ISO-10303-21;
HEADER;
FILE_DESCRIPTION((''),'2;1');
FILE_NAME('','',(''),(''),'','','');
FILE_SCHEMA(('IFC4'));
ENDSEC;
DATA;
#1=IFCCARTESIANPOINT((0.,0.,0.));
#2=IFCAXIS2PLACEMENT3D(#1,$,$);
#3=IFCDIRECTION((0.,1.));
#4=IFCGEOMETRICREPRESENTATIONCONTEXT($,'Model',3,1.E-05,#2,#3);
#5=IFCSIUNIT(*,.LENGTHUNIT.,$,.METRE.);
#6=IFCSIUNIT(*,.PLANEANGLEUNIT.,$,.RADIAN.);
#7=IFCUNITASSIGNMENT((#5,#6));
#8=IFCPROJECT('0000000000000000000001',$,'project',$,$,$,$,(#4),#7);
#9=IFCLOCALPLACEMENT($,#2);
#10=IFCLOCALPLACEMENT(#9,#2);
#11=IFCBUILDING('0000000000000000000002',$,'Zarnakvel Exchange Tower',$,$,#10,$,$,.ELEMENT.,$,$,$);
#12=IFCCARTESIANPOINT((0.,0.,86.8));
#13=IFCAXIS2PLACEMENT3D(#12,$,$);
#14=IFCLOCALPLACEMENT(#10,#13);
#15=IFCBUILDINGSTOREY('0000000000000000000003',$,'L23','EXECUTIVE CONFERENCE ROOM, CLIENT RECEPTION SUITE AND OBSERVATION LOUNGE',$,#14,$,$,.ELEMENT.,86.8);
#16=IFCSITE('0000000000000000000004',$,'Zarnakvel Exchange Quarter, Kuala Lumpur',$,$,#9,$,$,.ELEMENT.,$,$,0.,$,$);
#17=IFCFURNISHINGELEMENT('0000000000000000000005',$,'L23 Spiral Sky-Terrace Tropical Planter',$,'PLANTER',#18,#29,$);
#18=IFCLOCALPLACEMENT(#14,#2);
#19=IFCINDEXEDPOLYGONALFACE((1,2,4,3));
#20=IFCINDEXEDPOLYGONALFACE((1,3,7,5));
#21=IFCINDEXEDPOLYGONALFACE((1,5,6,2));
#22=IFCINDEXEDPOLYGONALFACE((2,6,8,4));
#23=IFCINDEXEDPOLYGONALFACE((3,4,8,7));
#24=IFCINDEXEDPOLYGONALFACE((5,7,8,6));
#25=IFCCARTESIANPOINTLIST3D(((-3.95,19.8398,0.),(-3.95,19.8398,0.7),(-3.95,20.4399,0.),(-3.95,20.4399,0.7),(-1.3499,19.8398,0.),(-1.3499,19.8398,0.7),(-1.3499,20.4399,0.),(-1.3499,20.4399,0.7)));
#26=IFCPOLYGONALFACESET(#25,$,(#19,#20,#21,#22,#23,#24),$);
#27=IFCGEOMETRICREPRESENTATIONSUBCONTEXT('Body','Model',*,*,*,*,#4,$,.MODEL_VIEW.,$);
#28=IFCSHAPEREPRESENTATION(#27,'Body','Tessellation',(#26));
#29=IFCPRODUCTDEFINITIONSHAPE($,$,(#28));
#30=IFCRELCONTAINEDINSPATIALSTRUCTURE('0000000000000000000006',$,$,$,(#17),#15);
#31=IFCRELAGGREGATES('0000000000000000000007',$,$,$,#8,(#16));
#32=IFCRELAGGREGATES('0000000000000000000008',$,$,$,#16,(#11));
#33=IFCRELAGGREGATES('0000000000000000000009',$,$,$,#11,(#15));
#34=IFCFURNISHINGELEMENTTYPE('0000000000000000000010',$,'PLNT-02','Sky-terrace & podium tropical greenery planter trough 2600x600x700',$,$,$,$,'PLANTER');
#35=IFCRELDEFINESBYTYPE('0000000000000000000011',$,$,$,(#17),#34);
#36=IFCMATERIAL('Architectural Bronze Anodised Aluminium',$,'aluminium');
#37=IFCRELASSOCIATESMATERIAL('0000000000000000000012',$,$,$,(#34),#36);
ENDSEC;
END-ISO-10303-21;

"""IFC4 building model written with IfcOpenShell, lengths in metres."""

from ifc_helpers import new_model, si_unit, direction, frame, origin, origin_2d, place, context, subcontext, project, spatial, rectangle, extrude, source, transform, mapped, material, type_object, element, save


model = new_model("IFC4")

# Units and contexts
model_context = context("Model", 3, precision=1e-05, world=origin(), true_north=direction((0.0, 1.0)))
body_context = subcontext(model_context, "Body", "Model", "MODEL_VIEW")
ifc_project = project(units=[si_unit("LENGTHUNIT", "METRE"), si_unit("PLANEANGLEUNIT", "RADIAN")], contexts=[model_context])

# Site, building, storey
site_placement = place(None, origin())
site = spatial("IfcSite", under=ifc_project, at=site_placement, Name="Zarnakvel Exchange Quarter, Kuala Lumpur", CompositionType="ELEMENT", RefElevation=0.0)
building_placement = place(site_placement, origin())
building = spatial("IfcBuilding", under=site, at=building_placement, Name="Zarnakvel Exchange Tower", CompositionType="ELEMENT")
storey_placement = place(building_placement, frame((0.0, 0.0, 86.8)))
storey = spatial("IfcBuildingStorey", under=building, at=storey_placement, Name="L23", Description="EXECUTIVE CONFERENCE ROOM, CLIENT RECEPTION SUITE AND OBSERVATION LOUNGE", CompositionType="ELEMENT", Elevation=86.8)

# Shared definitions
ifc_material_1 = material(Name="Architectural Bronze Anodised Aluminium", Category="aluminium")

# Furnishing element
furnishing_element_type = type_object("IfcFurnishingElementType", Name="PLNT-02", Description="Sky-terrace & podium tropical greenery planter trough 2600x600x700", ElementType="PLANTER", material=ifc_material_1)
shared_shape_1 = source(origin(), body_context, "Body", "SweptSolid", [
    extrude(rectangle(XDim=2.6001, YDim=0.6001, at=origin_2d()), origin(), (0.0, 0.0, 1.0), 0.7),
])
furnishing_placement = place(storey_placement, frame((-2.6499, 20.1399, 0.0), z_axis=(0.0, 0.0, 1.0), x_axis=(1.0, 0.0, 0.0)))
element("IfcFurnishingElement", 1, at=furnishing_placement, inside=storey, type_object=furnishing_element_type, Name="L23 Spiral Sky-Terrace Tropical Planter", ObjectType="PLANTER", context=body_context, shape_type="MappedRepresentation", body=[
    mapped(shared_shape_1, transform((0.0, 0.0, 0.0), x_axis=(1.0, 0.0, 0.0), y_axis=(0.0, 1.0, 0.0), z_axis=(0.0, 0.0, 1.0), scale=1.0)),
])

save(model, "model.ifc")
